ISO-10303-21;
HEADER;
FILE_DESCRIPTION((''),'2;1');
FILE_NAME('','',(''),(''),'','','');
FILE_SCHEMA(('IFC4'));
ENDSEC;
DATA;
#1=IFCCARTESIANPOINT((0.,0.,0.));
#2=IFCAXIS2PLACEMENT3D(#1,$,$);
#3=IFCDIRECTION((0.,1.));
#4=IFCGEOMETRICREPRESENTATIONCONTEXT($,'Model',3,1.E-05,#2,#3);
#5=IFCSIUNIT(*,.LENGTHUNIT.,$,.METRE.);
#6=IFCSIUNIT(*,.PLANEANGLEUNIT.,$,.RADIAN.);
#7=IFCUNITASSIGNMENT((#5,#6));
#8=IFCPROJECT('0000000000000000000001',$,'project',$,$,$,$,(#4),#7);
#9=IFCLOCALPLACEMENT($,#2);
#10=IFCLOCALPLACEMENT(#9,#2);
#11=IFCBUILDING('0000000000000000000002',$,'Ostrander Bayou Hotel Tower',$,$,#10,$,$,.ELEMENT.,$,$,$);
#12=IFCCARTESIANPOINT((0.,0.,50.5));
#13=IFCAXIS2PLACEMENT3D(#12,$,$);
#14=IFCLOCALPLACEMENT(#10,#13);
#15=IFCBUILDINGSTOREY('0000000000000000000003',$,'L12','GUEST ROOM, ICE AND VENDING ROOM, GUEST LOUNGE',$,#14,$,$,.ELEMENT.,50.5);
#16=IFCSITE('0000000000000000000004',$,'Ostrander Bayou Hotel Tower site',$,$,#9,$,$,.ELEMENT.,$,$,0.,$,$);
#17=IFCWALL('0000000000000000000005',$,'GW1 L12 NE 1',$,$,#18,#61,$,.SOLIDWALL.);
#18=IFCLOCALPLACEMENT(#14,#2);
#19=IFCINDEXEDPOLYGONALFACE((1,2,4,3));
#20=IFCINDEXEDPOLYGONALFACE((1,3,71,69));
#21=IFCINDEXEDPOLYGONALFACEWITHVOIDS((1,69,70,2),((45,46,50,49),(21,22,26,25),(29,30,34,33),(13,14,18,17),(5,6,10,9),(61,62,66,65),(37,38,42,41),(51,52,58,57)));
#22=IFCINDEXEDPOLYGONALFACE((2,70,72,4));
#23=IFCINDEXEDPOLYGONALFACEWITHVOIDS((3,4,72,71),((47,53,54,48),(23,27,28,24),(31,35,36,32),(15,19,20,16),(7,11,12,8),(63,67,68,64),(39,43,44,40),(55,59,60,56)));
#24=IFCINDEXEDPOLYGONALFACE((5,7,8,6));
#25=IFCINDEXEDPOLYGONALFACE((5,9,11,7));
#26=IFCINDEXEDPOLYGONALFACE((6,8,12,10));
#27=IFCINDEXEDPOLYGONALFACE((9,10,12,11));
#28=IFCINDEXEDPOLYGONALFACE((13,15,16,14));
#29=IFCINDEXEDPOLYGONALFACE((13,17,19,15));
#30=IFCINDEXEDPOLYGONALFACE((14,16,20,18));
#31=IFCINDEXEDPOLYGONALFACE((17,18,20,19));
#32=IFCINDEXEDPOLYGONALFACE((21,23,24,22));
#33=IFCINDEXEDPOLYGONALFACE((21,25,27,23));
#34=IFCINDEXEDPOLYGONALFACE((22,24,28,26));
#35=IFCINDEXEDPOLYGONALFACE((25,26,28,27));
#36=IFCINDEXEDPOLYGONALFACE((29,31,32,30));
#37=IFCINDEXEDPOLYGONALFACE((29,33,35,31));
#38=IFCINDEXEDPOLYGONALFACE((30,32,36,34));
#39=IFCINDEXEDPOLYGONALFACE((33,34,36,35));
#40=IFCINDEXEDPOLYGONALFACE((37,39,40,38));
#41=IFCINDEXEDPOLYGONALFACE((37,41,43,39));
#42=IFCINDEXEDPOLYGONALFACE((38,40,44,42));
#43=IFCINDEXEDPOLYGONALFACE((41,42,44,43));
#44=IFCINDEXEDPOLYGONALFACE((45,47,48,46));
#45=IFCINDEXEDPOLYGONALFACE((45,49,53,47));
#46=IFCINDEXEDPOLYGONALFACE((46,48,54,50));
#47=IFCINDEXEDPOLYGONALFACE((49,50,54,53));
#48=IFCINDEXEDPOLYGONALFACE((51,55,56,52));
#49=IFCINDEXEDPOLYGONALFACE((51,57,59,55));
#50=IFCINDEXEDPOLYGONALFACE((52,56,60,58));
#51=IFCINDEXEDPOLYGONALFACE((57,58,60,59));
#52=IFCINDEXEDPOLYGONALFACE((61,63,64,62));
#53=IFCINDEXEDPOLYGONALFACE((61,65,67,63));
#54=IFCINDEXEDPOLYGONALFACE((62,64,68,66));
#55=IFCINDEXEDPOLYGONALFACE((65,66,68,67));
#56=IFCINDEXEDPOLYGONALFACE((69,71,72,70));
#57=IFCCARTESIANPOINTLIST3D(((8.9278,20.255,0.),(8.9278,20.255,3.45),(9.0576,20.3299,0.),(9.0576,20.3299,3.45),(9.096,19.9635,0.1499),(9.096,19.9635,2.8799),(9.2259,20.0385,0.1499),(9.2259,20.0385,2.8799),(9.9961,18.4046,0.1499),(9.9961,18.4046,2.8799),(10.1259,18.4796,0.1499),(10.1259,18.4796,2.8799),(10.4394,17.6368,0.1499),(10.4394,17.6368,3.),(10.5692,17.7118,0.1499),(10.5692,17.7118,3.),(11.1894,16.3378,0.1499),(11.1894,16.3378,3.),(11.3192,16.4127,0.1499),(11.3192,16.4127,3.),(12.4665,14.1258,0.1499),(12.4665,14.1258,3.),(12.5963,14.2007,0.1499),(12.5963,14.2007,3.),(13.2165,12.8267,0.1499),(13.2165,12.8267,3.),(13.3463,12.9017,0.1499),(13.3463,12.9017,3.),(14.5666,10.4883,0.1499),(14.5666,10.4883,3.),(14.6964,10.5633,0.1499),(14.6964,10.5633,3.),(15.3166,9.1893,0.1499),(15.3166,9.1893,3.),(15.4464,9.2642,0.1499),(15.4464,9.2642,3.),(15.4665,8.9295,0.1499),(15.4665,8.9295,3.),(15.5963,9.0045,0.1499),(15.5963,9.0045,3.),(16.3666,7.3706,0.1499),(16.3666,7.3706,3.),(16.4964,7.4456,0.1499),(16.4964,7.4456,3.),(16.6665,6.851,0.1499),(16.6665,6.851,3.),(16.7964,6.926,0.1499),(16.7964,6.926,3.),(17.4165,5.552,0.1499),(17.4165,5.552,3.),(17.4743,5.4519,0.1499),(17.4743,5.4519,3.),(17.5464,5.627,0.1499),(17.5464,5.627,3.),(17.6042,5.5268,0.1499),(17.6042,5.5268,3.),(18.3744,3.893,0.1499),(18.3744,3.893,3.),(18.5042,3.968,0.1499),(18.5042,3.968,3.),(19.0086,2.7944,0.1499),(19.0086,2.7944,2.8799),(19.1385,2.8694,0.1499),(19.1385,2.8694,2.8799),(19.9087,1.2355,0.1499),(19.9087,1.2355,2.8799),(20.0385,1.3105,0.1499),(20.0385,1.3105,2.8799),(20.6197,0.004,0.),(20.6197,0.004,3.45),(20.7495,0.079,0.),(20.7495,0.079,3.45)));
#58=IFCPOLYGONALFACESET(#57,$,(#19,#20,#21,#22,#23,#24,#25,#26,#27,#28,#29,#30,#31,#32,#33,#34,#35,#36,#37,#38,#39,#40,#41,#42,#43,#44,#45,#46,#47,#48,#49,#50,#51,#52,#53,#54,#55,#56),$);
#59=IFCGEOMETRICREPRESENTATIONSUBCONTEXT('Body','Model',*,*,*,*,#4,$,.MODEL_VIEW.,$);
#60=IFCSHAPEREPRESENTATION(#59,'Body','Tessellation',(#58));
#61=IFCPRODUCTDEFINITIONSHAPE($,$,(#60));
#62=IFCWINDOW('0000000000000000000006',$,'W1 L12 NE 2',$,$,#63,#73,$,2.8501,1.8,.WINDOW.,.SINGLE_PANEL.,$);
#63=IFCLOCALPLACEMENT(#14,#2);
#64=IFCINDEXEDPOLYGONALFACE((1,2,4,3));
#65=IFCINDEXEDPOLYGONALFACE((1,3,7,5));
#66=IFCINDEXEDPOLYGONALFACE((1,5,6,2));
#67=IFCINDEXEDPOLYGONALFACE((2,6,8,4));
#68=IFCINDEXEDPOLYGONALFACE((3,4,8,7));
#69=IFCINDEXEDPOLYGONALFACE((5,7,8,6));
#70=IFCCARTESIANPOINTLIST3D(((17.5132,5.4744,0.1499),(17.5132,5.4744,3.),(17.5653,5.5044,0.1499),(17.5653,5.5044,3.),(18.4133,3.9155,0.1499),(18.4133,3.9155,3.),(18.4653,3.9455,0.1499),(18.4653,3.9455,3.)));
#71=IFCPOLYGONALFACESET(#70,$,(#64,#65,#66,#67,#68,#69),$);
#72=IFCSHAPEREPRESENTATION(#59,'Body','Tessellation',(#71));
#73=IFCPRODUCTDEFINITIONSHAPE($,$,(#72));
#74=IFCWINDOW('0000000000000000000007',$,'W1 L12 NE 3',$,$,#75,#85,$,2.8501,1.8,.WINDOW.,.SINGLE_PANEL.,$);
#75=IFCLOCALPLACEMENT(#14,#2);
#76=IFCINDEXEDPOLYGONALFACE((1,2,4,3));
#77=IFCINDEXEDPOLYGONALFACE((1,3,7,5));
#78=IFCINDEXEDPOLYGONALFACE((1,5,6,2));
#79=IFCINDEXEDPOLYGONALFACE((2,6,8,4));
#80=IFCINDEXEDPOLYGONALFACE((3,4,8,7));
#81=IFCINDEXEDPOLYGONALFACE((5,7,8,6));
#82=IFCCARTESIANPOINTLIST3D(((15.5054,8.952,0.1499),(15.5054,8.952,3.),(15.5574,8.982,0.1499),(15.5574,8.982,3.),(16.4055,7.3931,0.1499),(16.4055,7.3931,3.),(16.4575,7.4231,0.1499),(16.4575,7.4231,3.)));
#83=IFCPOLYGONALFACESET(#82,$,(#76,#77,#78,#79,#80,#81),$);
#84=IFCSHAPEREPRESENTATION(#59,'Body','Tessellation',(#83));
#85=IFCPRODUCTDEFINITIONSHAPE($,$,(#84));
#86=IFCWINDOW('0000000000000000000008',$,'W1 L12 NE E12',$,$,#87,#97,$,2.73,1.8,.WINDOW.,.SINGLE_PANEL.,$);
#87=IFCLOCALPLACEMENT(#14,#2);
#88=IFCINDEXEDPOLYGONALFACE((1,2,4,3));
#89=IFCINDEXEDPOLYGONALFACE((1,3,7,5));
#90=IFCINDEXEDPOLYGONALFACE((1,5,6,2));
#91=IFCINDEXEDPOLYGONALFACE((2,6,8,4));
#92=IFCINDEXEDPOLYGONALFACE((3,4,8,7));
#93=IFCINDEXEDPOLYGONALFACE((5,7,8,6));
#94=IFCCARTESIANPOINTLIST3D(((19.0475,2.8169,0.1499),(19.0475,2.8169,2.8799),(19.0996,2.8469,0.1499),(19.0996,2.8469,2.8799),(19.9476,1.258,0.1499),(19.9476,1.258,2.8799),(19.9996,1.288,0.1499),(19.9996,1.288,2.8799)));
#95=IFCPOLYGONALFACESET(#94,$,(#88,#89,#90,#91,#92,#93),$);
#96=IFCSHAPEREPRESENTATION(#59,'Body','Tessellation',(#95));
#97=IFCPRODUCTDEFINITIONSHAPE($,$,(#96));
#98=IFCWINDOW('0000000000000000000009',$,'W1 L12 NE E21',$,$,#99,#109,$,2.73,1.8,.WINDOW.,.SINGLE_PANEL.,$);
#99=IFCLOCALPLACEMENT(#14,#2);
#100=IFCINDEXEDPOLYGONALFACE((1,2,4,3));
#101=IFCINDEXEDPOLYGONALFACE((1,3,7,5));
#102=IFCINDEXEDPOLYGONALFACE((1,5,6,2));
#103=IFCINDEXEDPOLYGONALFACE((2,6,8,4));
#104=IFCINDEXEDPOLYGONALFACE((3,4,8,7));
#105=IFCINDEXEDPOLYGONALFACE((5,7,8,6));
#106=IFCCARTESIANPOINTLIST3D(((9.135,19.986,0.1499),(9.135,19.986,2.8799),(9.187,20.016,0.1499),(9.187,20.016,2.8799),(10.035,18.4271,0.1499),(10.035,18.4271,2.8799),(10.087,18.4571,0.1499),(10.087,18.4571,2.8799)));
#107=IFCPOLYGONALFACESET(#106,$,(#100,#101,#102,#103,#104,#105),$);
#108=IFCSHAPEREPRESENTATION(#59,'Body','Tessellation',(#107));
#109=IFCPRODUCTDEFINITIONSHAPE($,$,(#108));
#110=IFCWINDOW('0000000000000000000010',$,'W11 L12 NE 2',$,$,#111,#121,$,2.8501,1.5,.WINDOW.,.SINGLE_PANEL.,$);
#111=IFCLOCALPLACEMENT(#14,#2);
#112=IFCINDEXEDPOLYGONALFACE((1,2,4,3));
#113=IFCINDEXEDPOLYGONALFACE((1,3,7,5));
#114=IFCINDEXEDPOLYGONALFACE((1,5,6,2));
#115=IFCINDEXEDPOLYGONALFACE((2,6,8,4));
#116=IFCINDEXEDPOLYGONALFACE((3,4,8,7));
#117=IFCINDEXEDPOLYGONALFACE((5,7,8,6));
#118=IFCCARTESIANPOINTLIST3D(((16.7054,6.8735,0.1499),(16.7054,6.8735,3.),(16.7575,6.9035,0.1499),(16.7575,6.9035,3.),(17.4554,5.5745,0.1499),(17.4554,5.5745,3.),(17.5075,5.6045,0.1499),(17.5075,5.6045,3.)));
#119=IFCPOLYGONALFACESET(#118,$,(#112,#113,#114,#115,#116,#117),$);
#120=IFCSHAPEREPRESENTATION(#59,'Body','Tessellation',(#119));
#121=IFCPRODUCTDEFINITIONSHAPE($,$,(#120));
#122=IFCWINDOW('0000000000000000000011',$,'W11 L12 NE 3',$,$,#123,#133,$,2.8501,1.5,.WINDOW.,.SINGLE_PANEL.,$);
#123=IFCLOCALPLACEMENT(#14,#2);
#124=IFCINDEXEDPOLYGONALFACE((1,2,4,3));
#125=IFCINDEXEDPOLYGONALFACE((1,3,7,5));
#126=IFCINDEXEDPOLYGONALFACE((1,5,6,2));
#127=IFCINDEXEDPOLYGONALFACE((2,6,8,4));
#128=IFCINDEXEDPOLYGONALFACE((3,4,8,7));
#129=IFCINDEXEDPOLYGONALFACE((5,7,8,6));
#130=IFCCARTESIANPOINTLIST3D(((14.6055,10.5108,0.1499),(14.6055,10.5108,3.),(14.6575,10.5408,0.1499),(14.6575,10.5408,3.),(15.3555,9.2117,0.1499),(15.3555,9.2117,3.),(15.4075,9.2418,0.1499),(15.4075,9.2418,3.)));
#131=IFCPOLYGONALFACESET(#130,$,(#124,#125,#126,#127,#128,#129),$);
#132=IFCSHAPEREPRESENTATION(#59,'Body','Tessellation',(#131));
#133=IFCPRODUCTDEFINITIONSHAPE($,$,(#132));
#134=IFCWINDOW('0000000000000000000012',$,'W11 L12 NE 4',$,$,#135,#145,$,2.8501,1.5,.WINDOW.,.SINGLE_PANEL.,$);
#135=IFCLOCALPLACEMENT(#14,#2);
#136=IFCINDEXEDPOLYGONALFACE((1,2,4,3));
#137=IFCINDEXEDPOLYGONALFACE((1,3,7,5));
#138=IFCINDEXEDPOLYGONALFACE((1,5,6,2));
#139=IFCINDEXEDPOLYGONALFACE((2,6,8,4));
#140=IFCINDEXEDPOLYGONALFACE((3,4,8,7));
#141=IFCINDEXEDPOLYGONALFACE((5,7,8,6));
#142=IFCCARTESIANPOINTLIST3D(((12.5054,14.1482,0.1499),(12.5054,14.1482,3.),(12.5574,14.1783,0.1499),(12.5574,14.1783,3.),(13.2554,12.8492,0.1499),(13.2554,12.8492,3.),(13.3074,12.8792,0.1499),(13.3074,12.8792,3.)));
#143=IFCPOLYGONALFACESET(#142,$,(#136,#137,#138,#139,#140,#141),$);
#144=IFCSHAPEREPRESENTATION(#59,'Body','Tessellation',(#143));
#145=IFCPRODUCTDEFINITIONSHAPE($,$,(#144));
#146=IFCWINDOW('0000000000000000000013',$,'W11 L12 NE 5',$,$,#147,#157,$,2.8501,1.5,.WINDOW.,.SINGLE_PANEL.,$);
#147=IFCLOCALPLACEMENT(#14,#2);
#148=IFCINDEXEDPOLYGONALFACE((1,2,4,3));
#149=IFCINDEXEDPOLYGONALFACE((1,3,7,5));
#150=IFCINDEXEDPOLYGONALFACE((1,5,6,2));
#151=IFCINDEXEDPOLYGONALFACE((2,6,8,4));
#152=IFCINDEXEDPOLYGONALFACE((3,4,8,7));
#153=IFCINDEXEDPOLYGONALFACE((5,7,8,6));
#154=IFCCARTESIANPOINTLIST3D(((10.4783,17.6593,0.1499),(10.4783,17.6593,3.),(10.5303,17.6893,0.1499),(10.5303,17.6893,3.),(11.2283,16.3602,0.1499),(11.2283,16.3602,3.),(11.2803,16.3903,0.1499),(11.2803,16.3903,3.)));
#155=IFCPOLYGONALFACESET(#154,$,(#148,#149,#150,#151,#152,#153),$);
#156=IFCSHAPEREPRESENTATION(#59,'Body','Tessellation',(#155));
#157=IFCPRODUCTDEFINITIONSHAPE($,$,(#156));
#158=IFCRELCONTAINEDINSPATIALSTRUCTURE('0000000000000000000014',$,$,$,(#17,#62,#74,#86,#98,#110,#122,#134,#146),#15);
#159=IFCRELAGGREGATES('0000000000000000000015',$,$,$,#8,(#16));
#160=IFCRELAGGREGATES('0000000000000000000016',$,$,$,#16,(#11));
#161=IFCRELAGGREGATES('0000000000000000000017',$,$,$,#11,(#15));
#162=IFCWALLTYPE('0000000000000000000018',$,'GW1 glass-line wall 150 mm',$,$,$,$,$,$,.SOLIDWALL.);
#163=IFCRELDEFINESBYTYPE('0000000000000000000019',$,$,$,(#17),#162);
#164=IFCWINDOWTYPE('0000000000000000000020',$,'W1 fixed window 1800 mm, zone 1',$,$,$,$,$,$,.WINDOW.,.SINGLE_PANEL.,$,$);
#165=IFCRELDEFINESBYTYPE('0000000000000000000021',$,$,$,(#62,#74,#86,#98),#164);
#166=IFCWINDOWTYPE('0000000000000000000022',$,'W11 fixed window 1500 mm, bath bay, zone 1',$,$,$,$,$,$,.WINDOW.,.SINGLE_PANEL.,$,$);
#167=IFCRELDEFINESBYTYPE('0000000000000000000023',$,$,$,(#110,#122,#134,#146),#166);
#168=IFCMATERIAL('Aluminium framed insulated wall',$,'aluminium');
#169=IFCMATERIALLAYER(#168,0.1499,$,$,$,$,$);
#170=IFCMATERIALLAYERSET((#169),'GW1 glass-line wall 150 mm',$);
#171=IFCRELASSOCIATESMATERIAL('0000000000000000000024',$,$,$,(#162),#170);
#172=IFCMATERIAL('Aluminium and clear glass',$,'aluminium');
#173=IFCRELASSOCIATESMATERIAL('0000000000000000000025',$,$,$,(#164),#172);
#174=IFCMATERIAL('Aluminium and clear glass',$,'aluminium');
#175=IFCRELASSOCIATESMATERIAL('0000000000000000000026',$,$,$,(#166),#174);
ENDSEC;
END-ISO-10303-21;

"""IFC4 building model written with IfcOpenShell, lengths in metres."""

from ifc_helpers import new_model, si_unit, direction, frame, frame_2d, origin, place, context, subcontext, project, spatial, rectangle, extrude, material, layer, layer_set, type_object, element, fill, save


model = new_model("IFC4")

# Units and contexts
model_context = context("Model", 3, precision=1e-05, world=origin(), true_north=direction((0.0, 1.0)))
body_context = subcontext(model_context, "Body", "Model", "MODEL_VIEW")
ifc_project = project(units=[si_unit("LENGTHUNIT", "METRE"), si_unit("PLANEANGLEUNIT", "RADIAN")], contexts=[model_context])

# Site, building, storey
site_placement = place(None, origin())
site = spatial("IfcSite", under=ifc_project, at=site_placement, Name="Ostrander Bayou Hotel Tower site", CompositionType="ELEMENT", RefElevation=0.0)
building_placement = place(site_placement, origin())
building = spatial("IfcBuilding", under=site, at=building_placement, Name="Ostrander Bayou Hotel Tower", CompositionType="ELEMENT")
storey_placement = place(building_placement, frame((0.0, 0.0, 50.5)))
storey = spatial("IfcBuildingStorey", under=building, at=storey_placement, Name="L12", Description="GUEST ROOM, ICE AND VENDING ROOM, GUEST LOUNGE", CompositionType="ELEMENT", Elevation=50.5)

# Wall, openings, windows
ifc_material_1 = material(Name="Aluminium framed insulated wall", Category="aluminium")
ifc_layer_1 = layer(ifc_material_1, 0.1499)
ifc_layer_set_1 = layer_set([ifc_layer_1], Name="GW1 glass-line wall 150 mm")
wall_type_1 = type_object("IfcWallType", Name="GW1 glass-line wall 150 mm", PredefinedType="SOLIDWALL", material=ifc_layer_set_1)
wall_1_placement = place(storey_placement, frame((20.6846, 0.0415, 0.0), z_axis=(0.0, 0.0, 1.0), x_axis=(-0.5, 0.866026, 0.0)))
wall_1 = element("IfcWall", 1, at=wall_1_placement, inside=storey, type_object=wall_type_1, Name="GW1 L12 NE 1", PredefinedType="SOLIDWALL", context=body_context, shape_type="SweptSolid", body=[
    extrude(rectangle(XDim=23.3838, YDim=0.1499, at=frame_2d((11.6919, 0.0))), origin(), (0.0, 0.0, 1.0), 3.45),
])
opening_1_placement = place(wall_1_placement, frame((4.4907, 0.0, 0.1499)))
opening_1 = element("IfcOpeningElement", 2, at=opening_1_placement, cuts=wall_1, PredefinedType="OPENING", context=body_context, shape_type="SweptSolid", body=[
    extrude(rectangle(XDim=1.8, YDim=2.8501, at=frame_2d((0.8999, 1.425))), frame((0.0, 0.075, 0.0), z_axis=(0.0, -1.0, 0.0), x_axis=(1.0, 0.0, 0.0)), (0.0, 0.0, 1.0), 0.1499),
])
opening_2_placement = place(wall_1_placement, frame((6.4062, 0.0, 0.1499)))
opening_2 = element("IfcOpeningElement", 3, at=opening_2_placement, cuts=wall_1, PredefinedType="OPENING", context=body_context, shape_type="SweptSolid", body=[
    extrude(rectangle(XDim=1.5, YDim=2.8501, at=frame_2d((0.75, 1.425))), frame((0.0, 0.075, 0.0), z_axis=(0.0, -1.0, 0.0), x_axis=(1.0, 0.0, 0.0)), (0.0, 0.0, 1.0), 0.1499),
])
opening_3_placement = place(wall_1_placement, frame((8.5063, 0.0, 0.1499)))
opening_3 = element("IfcOpeningElement", 4, at=opening_3_placement, cuts=wall_1, PredefinedType="OPENING", context=body_context, shape_type="SweptSolid", body=[
    extrude(rectangle(XDim=1.8, YDim=2.8501, at=frame_2d((0.8999, 1.425))), frame((0.0, 0.075, 0.0), z_axis=(0.0, -1.0, 0.0), x_axis=(1.0, 0.0, 0.0)), (0.0, 0.0, 1.0), 0.1499),
])
opening_4_placement = place(wall_1_placement, frame((10.6062, 0.0, 0.1499)))
opening_4 = element("IfcOpeningElement", 5, at=opening_4_placement, cuts=wall_1, PredefinedType="OPENING", context=body_context, shape_type="SweptSolid", body=[
    extrude(rectangle(XDim=1.5, YDim=2.8501, at=frame_2d((0.75, 1.425))), frame((0.0, 0.075, 0.0), z_axis=(0.0, -1.0, 0.0), x_axis=(1.0, 0.0, 0.0)), (0.0, 0.0, 1.0), 0.1499),
])
opening_5_placement = place(wall_1_placement, frame((14.8064, 0.0, 0.1499)))
opening_5 = element("IfcOpeningElement", 6, at=opening_5_placement, cuts=wall_1, PredefinedType="OPENING", context=body_context, shape_type="SweptSolid", body=[
    extrude(rectangle(XDim=1.5, YDim=2.8501, at=frame_2d((0.75, 1.425))), frame((0.0, 0.075, 0.0), z_axis=(0.0, -1.0, 0.0), x_axis=(1.0, 0.0, 0.0)), (0.0, 0.0, 1.0), 0.1499),
])
opening_6_placement = place(wall_1_placement, frame((18.8606, 0.0, 0.1499)))
opening_6 = element("IfcOpeningElement", 7, at=opening_6_placement, cuts=wall_1, PredefinedType="OPENING", context=body_context, shape_type="SweptSolid", body=[
    extrude(rectangle(XDim=1.5, YDim=2.8501, at=frame_2d((0.75, 1.425))), frame((0.0, 0.075, 0.0), z_axis=(0.0, -1.0, 0.0), x_axis=(1.0, 0.0, 0.0)), (0.0, 0.0, 1.0), 0.1499),
])
opening_7_placement = place(wall_1_placement, frame((1.4221, 0.0, 0.1499)))
opening_7 = element("IfcOpeningElement", 8, at=opening_7_placement, cuts=wall_1, PredefinedType="OPENING", context=body_context, shape_type="SweptSolid", body=[
    extrude(rectangle(XDim=1.8, YDim=2.73, at=frame_2d((0.8999, 1.365))), frame((0.0, 0.075, 0.0), z_axis=(0.0, -1.0, 0.0), x_axis=(1.0, 0.0, 0.0)), (0.0, 0.0, 1.0), 0.1499),
])
opening_8_placement = place(wall_1_placement, frame((21.2473, 0.0, 0.1499)))
opening_8 = element("IfcOpeningElement", 9, at=opening_8_placement, cuts=wall_1, PredefinedType="OPENING", context=body_context, shape_type="SweptSolid", body=[
    extrude(rectangle(XDim=1.8, YDim=2.73, at=frame_2d((0.8999, 1.365))), frame((0.0, 0.075, 0.0), z_axis=(0.0, -1.0, 0.0), x_axis=(1.0, 0.0, 0.0)), (0.0, 0.0, 1.0), 0.1499),
])
ifc_material_2 = material(Name="Aluminium and clear glass", Category="aluminium")
window_type_1 = type_object("IfcWindowType", Name="W1 fixed window 1800 mm, zone 1", PartitioningType="SINGLE_PANEL", PredefinedType="WINDOW", material=ifc_material_2)
window_1_placement = place(opening_1_placement, origin())
window_1 = element("IfcWindow", 10, at=window_1_placement, inside=storey, type_object=window_type_1, Name="W1 L12 NE 2", OverallHeight=2.8501, OverallWidth=1.8, PartitioningType="SINGLE_PANEL", PredefinedType="WINDOW", context=body_context, shape_type="SweptSolid", body=[
    extrude(rectangle(XDim=1.8, YDim=2.8501, at=frame_2d((0.8999, 1.425))), frame((0.0, 0.03, 0.0), z_axis=(0.0, -1.0, 0.0), x_axis=(1.0, 0.0, 0.0)), (0.0, 0.0, 1.0), 0.0601),
])
fill(opening_1, window_1)
window_2_placement = place(opening_3_placement, origin())
window_2 = element("IfcWindow", 11, at=window_2_placement, inside=storey, type_object=window_type_1, Name="W1 L12 NE 3", OverallHeight=2.8501, OverallWidth=1.8, PartitioningType="SINGLE_PANEL", PredefinedType="WINDOW", context=body_context, shape_type="SweptSolid", body=[
    extrude(rectangle(XDim=1.8, YDim=2.8501, at=frame_2d((0.8999, 1.425))), frame((0.0, 0.03, 0.0), z_axis=(0.0, -1.0, 0.0), x_axis=(1.0, 0.0, 0.0)), (0.0, 0.0, 1.0), 0.0601),
])
fill(opening_3, window_2)
window_3_placement = place(opening_7_placement, origin())
window_3 = element("IfcWindow", 12, at=window_3_placement, inside=storey, type_object=window_type_1, Name="W1 L12 NE E12", OverallHeight=2.73, OverallWidth=1.8, PartitioningType="SINGLE_PANEL", PredefinedType="WINDOW", context=body_context, shape_type="SweptSolid", body=[
    extrude(rectangle(XDim=1.8, YDim=2.73, at=frame_2d((0.8999, 1.365))), frame((0.0, 0.03, 0.0), z_axis=(0.0, -1.0, 0.0), x_axis=(1.0, 0.0, 0.0)), (0.0, 0.0, 1.0), 0.0601),
])
fill(opening_7, window_3)
window_4_placement = place(opening_8_placement, origin())
window_4 = element("IfcWindow", 13, at=window_4_placement, inside=storey, type_object=window_type_1, Name="W1 L12 NE E21", OverallHeight=2.73, OverallWidth=1.8, PartitioningType="SINGLE_PANEL", PredefinedType="WINDOW", context=body_context, shape_type="SweptSolid", body=[
    extrude(rectangle(XDim=1.8, YDim=2.73, at=frame_2d((0.8999, 1.365))), frame((0.0, 0.03, 0.0), z_axis=(0.0, -1.0, 0.0), x_axis=(1.0, 0.0, 0.0)), (0.0, 0.0, 1.0), 0.0601),
])
fill(opening_8, window_4)
ifc_material_3 = material(Name="Aluminium and clear glass", Category="aluminium")
window_type_2 = type_object("IfcWindowType", Name="W11 fixed window 1500 mm, bath bay, zone 1", PartitioningType="SINGLE_PANEL", PredefinedType="WINDOW", material=ifc_material_3)
window_5_placement = place(opening_2_placement, origin())
window_5 = element("IfcWindow", 14, at=window_5_placement, inside=storey, type_object=window_type_2, Name="W11 L12 NE 2", OverallHeight=2.8501, OverallWidth=1.5, PartitioningType="SINGLE_PANEL", PredefinedType="WINDOW", context=body_context, shape_type="SweptSolid", body=[
    extrude(rectangle(XDim=1.5, YDim=2.8501, at=frame_2d((0.75, 1.425))), frame((0.0, 0.03, 0.0), z_axis=(0.0, -1.0, 0.0), x_axis=(1.0, 0.0, 0.0)), (0.0, 0.0, 1.0), 0.0601),
])
fill(opening_2, window_5)
window_6_placement = place(opening_4_placement, origin())
window_6 = element("IfcWindow", 15, at=window_6_placement, inside=storey, type_object=window_type_2, Name="W11 L12 NE 3", OverallHeight=2.8501, OverallWidth=1.5, PartitioningType="SINGLE_PANEL", PredefinedType="WINDOW", context=body_context, shape_type="SweptSolid", body=[
    extrude(rectangle(XDim=1.5, YDim=2.8501, at=frame_2d((0.75, 1.425))), frame((0.0, 0.03, 0.0), z_axis=(0.0, -1.0, 0.0), x_axis=(1.0, 0.0, 0.0)), (0.0, 0.0, 1.0), 0.0601),
])
fill(opening_4, window_6)
window_7_placement = place(opening_5_placement, origin())
window_7 = element("IfcWindow", 16, at=window_7_placement, inside=storey, type_object=window_type_2, Name="W11 L12 NE 4", OverallHeight=2.8501, OverallWidth=1.5, PartitioningType="SINGLE_PANEL", PredefinedType="WINDOW", context=body_context, shape_type="SweptSolid", body=[
    extrude(rectangle(XDim=1.5, YDim=2.8501, at=frame_2d((0.75, 1.425))), frame((0.0, 0.03, 0.0), z_axis=(0.0, -1.0, 0.0), x_axis=(1.0, 0.0, 0.0)), (0.0, 0.0, 1.0), 0.0601),
])
fill(opening_5, window_7)
window_8_placement = place(opening_6_placement, origin())
window_8 = element("IfcWindow", 17, at=window_8_placement, inside=storey, type_object=window_type_2, Name="W11 L12 NE 5", OverallHeight=2.8501, OverallWidth=1.5, PartitioningType="SINGLE_PANEL", PredefinedType="WINDOW", context=body_context, shape_type="SweptSolid", body=[
    extrude(rectangle(XDim=1.5, YDim=2.8501, at=frame_2d((0.75, 1.425))), frame((0.0, 0.03, 0.0), z_axis=(0.0, -1.0, 0.0), x_axis=(1.0, 0.0, 0.0)), (0.0, 0.0, 1.0), 0.0601),
])
fill(opening_6, window_8)

save(model, "model.ifc")
